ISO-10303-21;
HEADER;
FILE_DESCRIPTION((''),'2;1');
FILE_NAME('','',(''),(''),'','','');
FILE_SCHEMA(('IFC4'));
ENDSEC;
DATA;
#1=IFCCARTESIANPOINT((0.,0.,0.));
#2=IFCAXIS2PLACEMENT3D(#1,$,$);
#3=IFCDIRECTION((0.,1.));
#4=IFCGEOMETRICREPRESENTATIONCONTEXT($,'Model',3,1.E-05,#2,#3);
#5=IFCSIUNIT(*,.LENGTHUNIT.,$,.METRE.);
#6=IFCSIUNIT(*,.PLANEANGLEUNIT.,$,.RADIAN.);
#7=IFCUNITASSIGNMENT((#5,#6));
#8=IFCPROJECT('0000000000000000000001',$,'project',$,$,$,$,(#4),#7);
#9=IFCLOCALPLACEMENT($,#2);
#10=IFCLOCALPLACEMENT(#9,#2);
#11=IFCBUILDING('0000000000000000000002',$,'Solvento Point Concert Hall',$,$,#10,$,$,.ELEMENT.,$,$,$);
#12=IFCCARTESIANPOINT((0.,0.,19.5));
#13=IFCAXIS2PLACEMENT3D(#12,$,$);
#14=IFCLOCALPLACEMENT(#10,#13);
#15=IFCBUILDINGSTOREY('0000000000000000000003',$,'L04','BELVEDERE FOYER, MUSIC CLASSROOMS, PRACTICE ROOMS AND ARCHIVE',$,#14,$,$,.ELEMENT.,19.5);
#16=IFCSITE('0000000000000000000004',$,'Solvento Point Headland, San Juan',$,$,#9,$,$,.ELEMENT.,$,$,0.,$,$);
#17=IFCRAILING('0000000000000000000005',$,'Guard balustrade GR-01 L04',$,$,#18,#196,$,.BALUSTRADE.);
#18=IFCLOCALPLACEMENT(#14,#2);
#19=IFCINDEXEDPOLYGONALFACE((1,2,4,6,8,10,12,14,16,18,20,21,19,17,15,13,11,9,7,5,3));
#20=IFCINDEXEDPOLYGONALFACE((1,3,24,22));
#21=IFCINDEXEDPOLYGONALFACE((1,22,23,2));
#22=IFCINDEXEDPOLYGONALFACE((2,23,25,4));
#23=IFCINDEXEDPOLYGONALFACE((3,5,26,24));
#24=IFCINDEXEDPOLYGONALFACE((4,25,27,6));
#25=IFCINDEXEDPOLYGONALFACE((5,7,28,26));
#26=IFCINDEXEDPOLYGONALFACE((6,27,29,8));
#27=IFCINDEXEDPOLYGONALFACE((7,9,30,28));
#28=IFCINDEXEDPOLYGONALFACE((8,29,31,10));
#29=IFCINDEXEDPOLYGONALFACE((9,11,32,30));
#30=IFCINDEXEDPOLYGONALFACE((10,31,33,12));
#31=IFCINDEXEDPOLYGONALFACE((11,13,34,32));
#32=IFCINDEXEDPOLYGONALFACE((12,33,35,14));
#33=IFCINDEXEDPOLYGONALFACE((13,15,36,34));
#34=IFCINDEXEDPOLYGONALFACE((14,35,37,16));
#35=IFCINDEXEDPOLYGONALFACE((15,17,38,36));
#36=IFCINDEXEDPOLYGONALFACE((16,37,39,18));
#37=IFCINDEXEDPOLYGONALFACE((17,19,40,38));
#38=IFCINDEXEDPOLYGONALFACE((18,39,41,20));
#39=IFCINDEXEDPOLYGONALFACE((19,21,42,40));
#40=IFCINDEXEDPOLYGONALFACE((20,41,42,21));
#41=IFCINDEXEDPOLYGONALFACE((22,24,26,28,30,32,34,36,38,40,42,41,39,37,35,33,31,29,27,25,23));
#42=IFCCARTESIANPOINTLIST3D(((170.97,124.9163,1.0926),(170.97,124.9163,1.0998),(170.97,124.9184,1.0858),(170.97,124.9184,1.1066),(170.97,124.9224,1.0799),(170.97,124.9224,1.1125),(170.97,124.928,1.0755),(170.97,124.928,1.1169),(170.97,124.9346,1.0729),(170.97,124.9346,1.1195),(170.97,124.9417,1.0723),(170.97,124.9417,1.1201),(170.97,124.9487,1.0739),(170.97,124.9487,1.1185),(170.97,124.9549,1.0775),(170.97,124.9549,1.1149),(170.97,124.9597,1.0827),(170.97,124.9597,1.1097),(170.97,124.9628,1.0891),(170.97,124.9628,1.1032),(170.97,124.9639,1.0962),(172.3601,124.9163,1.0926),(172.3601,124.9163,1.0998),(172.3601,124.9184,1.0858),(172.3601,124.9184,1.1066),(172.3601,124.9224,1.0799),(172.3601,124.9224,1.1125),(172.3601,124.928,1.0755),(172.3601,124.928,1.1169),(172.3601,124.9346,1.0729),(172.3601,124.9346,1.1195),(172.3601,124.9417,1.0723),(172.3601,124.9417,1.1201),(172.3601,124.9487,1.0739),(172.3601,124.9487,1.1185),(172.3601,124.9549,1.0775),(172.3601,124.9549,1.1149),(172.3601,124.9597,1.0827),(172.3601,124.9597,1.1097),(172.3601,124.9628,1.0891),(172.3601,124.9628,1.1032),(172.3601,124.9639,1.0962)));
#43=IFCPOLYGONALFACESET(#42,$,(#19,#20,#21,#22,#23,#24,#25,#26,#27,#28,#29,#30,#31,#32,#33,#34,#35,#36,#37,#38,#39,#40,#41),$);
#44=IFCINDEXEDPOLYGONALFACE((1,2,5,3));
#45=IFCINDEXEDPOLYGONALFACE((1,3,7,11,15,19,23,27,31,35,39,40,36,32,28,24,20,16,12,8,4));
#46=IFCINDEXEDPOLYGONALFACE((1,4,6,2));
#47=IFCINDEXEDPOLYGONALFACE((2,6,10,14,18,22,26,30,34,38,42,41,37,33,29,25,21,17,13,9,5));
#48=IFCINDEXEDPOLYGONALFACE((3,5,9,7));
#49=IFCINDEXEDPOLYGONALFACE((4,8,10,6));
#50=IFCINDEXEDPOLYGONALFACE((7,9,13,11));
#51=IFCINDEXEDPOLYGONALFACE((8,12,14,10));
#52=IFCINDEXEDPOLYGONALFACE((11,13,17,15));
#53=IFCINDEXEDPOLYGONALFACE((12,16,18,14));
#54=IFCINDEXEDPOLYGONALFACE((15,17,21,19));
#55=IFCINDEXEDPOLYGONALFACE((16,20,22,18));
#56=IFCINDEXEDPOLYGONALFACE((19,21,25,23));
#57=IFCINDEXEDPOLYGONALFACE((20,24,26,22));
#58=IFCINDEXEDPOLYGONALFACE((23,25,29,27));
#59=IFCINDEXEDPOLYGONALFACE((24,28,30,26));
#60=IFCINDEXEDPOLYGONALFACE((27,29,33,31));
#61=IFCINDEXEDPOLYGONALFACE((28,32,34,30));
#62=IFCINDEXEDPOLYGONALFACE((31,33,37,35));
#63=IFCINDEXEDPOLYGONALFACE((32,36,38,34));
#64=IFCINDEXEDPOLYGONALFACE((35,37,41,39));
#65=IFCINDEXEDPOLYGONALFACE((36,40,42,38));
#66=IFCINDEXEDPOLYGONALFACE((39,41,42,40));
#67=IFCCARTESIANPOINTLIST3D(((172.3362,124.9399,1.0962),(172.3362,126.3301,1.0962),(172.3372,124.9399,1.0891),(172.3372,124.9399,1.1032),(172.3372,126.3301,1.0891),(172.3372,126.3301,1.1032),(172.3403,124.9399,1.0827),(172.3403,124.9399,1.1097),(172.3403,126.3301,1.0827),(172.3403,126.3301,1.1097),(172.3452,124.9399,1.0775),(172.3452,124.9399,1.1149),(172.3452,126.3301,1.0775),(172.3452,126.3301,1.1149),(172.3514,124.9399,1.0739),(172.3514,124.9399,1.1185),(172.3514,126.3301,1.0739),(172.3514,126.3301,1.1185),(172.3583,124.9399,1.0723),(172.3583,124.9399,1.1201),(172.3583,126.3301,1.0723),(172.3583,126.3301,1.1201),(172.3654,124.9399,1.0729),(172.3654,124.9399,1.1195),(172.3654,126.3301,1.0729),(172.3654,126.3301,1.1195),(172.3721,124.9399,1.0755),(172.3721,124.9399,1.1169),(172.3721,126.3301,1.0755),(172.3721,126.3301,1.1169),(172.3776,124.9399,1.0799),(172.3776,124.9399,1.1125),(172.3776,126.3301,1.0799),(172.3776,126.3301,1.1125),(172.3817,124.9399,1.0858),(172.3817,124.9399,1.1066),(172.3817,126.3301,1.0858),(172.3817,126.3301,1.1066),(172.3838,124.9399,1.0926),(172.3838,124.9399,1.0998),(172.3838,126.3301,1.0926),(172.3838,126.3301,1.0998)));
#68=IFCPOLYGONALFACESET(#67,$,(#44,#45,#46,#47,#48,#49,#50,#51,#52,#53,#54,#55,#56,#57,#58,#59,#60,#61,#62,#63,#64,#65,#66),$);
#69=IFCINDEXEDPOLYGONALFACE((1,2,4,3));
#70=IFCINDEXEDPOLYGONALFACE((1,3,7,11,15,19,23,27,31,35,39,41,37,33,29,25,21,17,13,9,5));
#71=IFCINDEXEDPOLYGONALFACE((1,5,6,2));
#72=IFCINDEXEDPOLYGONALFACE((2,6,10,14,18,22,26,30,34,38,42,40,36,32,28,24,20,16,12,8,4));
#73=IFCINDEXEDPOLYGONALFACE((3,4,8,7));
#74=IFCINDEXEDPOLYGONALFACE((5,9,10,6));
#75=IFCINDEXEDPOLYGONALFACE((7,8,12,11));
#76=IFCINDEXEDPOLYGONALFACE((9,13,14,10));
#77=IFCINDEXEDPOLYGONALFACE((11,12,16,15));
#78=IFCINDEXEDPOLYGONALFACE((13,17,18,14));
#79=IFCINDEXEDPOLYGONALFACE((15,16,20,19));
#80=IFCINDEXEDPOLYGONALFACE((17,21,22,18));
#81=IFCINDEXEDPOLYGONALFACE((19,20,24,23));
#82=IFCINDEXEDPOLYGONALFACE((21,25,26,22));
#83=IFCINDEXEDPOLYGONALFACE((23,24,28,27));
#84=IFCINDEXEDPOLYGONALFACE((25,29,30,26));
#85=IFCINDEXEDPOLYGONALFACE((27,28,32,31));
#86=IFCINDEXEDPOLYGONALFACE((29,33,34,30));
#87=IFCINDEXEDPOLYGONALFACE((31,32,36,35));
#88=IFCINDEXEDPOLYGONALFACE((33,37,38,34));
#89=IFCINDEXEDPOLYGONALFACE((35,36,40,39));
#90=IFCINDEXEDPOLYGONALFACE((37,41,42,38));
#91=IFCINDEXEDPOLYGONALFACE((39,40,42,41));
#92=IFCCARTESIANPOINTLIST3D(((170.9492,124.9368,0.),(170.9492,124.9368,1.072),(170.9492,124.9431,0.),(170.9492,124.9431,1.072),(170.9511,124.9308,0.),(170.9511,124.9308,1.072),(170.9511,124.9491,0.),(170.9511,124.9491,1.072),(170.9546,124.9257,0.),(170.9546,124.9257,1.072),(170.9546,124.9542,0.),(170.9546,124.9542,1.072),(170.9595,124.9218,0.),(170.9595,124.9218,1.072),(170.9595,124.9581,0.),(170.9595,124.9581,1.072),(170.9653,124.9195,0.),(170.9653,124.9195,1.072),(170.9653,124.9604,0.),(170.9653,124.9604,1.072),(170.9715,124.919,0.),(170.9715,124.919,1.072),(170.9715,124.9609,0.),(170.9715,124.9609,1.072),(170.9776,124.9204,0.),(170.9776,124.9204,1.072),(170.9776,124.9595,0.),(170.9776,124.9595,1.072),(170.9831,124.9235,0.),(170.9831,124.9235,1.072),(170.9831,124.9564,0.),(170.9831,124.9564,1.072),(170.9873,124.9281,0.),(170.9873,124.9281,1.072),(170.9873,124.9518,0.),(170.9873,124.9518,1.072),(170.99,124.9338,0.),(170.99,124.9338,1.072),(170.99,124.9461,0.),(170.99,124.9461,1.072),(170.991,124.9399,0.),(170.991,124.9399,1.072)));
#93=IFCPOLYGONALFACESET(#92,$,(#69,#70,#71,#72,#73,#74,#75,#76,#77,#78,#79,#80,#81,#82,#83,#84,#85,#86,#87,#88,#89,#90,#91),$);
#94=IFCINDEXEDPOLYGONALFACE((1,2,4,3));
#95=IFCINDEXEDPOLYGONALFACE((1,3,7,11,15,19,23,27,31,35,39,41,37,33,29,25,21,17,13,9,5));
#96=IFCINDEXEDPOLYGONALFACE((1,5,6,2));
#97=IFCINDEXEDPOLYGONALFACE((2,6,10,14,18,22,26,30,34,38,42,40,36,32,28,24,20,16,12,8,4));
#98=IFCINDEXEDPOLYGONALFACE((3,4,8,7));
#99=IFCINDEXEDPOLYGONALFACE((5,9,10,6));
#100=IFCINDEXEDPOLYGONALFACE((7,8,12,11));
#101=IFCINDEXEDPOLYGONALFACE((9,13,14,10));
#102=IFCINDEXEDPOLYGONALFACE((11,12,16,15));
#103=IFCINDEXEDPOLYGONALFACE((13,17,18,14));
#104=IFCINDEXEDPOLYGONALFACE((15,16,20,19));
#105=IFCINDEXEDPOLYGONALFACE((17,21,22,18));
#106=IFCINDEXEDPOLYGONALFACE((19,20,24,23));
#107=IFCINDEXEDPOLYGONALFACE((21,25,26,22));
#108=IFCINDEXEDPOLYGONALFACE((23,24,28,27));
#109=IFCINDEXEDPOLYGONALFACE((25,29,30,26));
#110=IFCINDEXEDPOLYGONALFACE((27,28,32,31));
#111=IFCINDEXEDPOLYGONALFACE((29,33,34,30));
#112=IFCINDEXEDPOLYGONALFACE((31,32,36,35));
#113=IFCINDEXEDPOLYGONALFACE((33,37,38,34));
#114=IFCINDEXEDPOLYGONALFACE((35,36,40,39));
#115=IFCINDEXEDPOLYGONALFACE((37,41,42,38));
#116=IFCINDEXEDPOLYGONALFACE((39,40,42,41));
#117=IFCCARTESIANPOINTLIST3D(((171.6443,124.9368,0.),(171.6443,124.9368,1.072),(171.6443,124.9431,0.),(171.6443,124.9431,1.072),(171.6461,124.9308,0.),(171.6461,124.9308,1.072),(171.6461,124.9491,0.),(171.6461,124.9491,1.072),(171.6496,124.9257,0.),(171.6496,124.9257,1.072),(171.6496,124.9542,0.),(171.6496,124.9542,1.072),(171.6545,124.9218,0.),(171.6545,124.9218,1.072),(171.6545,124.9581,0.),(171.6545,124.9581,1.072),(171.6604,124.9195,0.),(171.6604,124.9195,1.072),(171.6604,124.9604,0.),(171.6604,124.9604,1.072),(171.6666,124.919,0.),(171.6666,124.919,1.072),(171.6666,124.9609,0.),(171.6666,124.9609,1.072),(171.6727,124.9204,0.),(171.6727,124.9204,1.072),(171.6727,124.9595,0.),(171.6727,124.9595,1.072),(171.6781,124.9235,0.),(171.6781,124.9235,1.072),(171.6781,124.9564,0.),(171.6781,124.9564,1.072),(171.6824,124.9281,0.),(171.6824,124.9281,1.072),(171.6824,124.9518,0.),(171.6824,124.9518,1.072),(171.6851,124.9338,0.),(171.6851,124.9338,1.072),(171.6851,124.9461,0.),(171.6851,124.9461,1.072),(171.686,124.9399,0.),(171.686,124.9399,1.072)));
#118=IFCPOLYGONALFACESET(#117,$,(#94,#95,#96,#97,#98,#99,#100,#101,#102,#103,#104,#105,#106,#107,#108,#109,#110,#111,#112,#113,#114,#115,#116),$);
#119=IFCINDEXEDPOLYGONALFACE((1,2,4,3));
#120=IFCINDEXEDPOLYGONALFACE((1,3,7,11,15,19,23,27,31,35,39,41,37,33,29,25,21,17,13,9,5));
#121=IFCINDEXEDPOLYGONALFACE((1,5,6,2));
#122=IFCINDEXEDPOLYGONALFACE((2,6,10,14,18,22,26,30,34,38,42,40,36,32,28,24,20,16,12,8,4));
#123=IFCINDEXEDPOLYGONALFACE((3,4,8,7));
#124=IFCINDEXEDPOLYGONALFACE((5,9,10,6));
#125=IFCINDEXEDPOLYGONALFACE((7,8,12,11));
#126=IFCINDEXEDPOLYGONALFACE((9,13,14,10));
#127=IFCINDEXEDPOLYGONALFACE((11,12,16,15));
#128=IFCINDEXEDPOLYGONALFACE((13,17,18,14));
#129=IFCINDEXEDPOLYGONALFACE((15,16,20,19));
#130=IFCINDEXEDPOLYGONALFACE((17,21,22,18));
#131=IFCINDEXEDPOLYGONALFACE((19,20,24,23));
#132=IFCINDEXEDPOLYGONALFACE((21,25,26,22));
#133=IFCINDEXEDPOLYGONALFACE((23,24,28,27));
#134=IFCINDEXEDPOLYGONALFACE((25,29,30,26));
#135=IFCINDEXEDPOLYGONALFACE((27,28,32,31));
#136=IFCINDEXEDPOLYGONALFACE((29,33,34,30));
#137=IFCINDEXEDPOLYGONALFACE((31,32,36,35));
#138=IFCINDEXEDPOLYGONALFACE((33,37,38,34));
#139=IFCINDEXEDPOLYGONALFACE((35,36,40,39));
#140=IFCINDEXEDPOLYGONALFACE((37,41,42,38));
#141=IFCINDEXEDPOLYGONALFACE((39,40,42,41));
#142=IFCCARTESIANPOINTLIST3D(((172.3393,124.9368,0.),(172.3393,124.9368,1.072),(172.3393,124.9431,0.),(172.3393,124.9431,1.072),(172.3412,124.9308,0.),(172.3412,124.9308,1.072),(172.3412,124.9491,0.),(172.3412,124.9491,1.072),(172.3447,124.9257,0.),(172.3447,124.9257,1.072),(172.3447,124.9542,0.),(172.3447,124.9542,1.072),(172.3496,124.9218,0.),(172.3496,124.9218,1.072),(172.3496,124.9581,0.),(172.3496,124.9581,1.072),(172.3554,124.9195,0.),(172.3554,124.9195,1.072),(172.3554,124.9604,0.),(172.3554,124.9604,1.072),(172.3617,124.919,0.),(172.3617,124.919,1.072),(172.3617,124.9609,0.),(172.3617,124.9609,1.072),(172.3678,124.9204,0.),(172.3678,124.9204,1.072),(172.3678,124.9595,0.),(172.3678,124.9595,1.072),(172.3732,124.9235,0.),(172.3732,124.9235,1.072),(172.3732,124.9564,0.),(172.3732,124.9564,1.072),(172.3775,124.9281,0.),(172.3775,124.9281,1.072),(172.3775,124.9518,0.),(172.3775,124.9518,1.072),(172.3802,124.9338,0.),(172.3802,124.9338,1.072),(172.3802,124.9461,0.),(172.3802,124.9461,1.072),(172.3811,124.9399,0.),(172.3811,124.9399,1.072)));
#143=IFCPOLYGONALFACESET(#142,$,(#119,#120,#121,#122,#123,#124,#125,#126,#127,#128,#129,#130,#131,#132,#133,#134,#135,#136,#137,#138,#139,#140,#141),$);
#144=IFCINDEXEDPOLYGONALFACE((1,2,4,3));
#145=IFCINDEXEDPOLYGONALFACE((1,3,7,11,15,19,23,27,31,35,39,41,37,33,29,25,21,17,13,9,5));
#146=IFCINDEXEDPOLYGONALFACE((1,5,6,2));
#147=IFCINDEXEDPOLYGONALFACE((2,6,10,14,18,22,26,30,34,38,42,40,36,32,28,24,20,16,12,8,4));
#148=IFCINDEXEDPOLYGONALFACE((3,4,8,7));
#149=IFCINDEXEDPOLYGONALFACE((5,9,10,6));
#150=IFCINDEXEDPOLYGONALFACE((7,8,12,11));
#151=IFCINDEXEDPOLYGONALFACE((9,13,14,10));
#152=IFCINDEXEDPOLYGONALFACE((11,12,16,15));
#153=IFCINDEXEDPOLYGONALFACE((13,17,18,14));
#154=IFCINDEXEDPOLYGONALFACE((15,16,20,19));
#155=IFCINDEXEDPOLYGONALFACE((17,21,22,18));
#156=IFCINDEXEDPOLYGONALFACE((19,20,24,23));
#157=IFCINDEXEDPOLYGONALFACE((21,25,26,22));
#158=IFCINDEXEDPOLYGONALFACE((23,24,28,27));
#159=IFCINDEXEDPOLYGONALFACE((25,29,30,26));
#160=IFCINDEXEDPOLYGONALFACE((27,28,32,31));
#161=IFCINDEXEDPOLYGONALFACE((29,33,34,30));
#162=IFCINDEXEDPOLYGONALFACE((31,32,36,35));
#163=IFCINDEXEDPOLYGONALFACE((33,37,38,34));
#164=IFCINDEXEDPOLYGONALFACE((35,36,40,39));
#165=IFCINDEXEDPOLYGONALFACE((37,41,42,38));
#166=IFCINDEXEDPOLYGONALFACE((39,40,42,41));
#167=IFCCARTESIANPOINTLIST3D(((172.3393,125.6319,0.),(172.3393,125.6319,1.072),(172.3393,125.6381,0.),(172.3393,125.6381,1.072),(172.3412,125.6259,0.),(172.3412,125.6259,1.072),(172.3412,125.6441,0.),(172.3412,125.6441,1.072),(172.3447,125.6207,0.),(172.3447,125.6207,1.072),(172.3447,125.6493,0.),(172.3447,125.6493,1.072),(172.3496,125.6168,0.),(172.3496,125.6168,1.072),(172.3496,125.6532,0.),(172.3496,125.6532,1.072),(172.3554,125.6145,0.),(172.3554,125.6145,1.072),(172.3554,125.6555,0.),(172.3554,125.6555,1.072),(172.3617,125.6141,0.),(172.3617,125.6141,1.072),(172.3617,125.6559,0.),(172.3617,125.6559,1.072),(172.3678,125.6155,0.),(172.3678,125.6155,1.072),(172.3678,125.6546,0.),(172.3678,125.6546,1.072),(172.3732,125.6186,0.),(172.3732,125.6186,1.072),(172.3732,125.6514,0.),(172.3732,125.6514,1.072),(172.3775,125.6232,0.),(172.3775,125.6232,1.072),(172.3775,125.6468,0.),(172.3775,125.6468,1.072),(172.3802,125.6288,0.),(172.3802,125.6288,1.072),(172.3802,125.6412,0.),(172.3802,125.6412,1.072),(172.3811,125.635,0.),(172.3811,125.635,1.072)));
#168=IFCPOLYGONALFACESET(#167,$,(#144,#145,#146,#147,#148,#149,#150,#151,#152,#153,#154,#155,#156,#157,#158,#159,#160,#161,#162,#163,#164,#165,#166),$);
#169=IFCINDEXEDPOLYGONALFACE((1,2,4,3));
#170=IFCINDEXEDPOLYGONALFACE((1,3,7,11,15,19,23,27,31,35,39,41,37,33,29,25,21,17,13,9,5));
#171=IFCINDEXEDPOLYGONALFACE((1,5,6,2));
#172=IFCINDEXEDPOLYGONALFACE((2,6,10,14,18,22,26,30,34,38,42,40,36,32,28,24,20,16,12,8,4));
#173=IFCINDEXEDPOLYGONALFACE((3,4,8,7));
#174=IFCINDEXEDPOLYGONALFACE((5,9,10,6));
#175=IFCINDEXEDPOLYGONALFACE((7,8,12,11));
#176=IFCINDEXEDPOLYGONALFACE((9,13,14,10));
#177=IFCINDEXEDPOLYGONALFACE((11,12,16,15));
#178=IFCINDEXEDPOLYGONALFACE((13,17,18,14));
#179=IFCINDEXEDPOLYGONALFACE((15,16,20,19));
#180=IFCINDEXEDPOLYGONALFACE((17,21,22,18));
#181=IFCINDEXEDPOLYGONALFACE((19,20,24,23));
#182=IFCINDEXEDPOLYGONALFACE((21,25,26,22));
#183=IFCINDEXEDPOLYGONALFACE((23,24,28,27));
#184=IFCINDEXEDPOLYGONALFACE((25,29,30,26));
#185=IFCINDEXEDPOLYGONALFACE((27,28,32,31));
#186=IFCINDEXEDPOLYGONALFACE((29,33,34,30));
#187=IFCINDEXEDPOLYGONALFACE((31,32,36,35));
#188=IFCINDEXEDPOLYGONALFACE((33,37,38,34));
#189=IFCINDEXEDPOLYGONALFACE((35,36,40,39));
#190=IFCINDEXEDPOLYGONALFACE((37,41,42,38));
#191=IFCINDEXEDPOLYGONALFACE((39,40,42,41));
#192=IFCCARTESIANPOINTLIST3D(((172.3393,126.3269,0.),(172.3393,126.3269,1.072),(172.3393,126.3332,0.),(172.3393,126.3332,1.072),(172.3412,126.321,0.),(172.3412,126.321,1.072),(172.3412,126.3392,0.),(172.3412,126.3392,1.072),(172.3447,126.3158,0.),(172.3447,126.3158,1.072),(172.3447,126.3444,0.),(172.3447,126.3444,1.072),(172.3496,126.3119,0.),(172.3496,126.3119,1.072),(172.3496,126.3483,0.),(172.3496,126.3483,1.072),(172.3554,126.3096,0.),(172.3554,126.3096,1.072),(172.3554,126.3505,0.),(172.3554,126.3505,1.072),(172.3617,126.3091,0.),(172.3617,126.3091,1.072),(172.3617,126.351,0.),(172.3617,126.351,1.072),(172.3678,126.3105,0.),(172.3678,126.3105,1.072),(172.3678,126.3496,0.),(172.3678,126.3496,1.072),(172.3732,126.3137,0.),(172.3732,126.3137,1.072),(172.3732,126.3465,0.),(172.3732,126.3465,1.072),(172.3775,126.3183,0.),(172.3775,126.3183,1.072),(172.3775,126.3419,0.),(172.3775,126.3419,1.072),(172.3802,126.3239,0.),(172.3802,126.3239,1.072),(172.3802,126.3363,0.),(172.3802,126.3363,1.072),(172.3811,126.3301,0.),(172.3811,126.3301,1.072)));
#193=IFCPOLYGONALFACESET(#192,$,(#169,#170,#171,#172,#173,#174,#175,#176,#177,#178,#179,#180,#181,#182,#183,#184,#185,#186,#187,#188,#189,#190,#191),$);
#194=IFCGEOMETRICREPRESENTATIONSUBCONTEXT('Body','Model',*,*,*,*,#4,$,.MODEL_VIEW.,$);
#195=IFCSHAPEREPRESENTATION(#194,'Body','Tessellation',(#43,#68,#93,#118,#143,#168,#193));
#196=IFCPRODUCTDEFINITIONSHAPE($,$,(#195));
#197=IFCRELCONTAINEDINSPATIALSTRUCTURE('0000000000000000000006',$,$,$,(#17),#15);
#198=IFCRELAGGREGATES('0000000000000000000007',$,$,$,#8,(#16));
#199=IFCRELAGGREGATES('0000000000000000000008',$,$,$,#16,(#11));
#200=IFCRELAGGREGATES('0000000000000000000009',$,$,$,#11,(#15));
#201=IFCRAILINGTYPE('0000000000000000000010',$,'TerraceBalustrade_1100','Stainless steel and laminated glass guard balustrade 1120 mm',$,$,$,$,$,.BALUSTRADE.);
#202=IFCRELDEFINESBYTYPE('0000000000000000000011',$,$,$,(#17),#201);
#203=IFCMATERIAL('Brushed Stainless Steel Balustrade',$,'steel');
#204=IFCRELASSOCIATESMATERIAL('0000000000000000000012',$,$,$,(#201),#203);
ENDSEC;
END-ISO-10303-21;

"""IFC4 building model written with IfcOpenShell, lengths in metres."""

from ifc_helpers import new_model, si_unit, direction, frame, origin, origin_2d, place, context, subcontext, project, spatial, circle, extrude, material, type_object, element, save


model = new_model("IFC4")

# Units and contexts
model_context = context("Model", 3, precision=1e-05, world=origin(), true_north=direction((0.0, 1.0)))
body_context = subcontext(model_context, "Body", "Model", "MODEL_VIEW")
ifc_project = project(units=[si_unit("LENGTHUNIT", "METRE"), si_unit("PLANEANGLEUNIT", "RADIAN")], contexts=[model_context])

# Site, building, storey
site_placement = place(None, origin())
site = spatial("IfcSite", under=ifc_project, at=site_placement, Name="Solvento Point Headland, San Juan", CompositionType="ELEMENT", RefElevation=0.0)
building_placement = place(site_placement, origin())
building = spatial("IfcBuilding", under=site, at=building_placement, Name="Solvento Point Concert Hall", CompositionType="ELEMENT")
storey_placement = place(building_placement, frame((0.0, 0.0, 19.5)))
storey = spatial("IfcBuildingStorey", under=building, at=storey_placement, Name="L04", Description="BELVEDERE FOYER, MUSIC CLASSROOMS, PRACTICE ROOMS AND ARCHIVE", CompositionType="ELEMENT", Elevation=19.5)

# Railing
ifc_material_1 = material(Name="Brushed Stainless Steel Balustrade", Category="steel")
railing_type = type_object("IfcRailingType", Name="TerraceBalustrade_1100", Description="Stainless steel and laminated glass guard balustrade 1120 mm", PredefinedType="BALUSTRADE", material=ifc_material_1)
railing_1_placement = place(storey_placement, frame((170.97, 124.9399, 0.0)))
element("IfcRailing", 1, at=railing_1_placement, inside=storey, type_object=railing_type, Name="Guard balustrade GR-01 L04", PredefinedType="BALUSTRADE", context=body_context, shape_type="SweptSolid", body=[
    extrude(circle(Radius=0.0239, at=origin_2d()), frame((0.0, 0.0, 1.0962), z_axis=(1.0, 0.0, 0.0), x_axis=(0.0, 1.0, 0.0)), (0.0, 0.0, 1.0), 1.3901),
    extrude(circle(Radius=0.0239, at=origin_2d()), frame((1.3901, 0.0, 1.0962), z_axis=(0.0, 1.0, 0.0), x_axis=(-1.0, 0.0, 0.0)), (0.0, 0.0, 1.0), 1.3901),
    extrude(circle(Radius=0.021, at=origin_2d()), origin(), (0.0, 0.0, 1.0), 1.072),
    extrude(circle(Radius=0.021, at=origin_2d()), frame((0.6951, 0.0, 0.0)), (0.0, 0.0, 1.0), 1.072),
    extrude(circle(Radius=0.021, at=origin_2d()), frame((1.3901, 0.0, 0.0)), (0.0, 0.0, 1.0), 1.072),
    extrude(circle(Radius=0.021, at=origin_2d()), frame((1.3901, 0.6951, 0.0)), (0.0, 0.0, 1.0), 1.072),
    extrude(circle(Radius=0.021, at=origin_2d()), frame((1.3901, 1.3901, 0.0)), (0.0, 0.0, 1.0), 1.072),
])

save(model, "model.ifc")
